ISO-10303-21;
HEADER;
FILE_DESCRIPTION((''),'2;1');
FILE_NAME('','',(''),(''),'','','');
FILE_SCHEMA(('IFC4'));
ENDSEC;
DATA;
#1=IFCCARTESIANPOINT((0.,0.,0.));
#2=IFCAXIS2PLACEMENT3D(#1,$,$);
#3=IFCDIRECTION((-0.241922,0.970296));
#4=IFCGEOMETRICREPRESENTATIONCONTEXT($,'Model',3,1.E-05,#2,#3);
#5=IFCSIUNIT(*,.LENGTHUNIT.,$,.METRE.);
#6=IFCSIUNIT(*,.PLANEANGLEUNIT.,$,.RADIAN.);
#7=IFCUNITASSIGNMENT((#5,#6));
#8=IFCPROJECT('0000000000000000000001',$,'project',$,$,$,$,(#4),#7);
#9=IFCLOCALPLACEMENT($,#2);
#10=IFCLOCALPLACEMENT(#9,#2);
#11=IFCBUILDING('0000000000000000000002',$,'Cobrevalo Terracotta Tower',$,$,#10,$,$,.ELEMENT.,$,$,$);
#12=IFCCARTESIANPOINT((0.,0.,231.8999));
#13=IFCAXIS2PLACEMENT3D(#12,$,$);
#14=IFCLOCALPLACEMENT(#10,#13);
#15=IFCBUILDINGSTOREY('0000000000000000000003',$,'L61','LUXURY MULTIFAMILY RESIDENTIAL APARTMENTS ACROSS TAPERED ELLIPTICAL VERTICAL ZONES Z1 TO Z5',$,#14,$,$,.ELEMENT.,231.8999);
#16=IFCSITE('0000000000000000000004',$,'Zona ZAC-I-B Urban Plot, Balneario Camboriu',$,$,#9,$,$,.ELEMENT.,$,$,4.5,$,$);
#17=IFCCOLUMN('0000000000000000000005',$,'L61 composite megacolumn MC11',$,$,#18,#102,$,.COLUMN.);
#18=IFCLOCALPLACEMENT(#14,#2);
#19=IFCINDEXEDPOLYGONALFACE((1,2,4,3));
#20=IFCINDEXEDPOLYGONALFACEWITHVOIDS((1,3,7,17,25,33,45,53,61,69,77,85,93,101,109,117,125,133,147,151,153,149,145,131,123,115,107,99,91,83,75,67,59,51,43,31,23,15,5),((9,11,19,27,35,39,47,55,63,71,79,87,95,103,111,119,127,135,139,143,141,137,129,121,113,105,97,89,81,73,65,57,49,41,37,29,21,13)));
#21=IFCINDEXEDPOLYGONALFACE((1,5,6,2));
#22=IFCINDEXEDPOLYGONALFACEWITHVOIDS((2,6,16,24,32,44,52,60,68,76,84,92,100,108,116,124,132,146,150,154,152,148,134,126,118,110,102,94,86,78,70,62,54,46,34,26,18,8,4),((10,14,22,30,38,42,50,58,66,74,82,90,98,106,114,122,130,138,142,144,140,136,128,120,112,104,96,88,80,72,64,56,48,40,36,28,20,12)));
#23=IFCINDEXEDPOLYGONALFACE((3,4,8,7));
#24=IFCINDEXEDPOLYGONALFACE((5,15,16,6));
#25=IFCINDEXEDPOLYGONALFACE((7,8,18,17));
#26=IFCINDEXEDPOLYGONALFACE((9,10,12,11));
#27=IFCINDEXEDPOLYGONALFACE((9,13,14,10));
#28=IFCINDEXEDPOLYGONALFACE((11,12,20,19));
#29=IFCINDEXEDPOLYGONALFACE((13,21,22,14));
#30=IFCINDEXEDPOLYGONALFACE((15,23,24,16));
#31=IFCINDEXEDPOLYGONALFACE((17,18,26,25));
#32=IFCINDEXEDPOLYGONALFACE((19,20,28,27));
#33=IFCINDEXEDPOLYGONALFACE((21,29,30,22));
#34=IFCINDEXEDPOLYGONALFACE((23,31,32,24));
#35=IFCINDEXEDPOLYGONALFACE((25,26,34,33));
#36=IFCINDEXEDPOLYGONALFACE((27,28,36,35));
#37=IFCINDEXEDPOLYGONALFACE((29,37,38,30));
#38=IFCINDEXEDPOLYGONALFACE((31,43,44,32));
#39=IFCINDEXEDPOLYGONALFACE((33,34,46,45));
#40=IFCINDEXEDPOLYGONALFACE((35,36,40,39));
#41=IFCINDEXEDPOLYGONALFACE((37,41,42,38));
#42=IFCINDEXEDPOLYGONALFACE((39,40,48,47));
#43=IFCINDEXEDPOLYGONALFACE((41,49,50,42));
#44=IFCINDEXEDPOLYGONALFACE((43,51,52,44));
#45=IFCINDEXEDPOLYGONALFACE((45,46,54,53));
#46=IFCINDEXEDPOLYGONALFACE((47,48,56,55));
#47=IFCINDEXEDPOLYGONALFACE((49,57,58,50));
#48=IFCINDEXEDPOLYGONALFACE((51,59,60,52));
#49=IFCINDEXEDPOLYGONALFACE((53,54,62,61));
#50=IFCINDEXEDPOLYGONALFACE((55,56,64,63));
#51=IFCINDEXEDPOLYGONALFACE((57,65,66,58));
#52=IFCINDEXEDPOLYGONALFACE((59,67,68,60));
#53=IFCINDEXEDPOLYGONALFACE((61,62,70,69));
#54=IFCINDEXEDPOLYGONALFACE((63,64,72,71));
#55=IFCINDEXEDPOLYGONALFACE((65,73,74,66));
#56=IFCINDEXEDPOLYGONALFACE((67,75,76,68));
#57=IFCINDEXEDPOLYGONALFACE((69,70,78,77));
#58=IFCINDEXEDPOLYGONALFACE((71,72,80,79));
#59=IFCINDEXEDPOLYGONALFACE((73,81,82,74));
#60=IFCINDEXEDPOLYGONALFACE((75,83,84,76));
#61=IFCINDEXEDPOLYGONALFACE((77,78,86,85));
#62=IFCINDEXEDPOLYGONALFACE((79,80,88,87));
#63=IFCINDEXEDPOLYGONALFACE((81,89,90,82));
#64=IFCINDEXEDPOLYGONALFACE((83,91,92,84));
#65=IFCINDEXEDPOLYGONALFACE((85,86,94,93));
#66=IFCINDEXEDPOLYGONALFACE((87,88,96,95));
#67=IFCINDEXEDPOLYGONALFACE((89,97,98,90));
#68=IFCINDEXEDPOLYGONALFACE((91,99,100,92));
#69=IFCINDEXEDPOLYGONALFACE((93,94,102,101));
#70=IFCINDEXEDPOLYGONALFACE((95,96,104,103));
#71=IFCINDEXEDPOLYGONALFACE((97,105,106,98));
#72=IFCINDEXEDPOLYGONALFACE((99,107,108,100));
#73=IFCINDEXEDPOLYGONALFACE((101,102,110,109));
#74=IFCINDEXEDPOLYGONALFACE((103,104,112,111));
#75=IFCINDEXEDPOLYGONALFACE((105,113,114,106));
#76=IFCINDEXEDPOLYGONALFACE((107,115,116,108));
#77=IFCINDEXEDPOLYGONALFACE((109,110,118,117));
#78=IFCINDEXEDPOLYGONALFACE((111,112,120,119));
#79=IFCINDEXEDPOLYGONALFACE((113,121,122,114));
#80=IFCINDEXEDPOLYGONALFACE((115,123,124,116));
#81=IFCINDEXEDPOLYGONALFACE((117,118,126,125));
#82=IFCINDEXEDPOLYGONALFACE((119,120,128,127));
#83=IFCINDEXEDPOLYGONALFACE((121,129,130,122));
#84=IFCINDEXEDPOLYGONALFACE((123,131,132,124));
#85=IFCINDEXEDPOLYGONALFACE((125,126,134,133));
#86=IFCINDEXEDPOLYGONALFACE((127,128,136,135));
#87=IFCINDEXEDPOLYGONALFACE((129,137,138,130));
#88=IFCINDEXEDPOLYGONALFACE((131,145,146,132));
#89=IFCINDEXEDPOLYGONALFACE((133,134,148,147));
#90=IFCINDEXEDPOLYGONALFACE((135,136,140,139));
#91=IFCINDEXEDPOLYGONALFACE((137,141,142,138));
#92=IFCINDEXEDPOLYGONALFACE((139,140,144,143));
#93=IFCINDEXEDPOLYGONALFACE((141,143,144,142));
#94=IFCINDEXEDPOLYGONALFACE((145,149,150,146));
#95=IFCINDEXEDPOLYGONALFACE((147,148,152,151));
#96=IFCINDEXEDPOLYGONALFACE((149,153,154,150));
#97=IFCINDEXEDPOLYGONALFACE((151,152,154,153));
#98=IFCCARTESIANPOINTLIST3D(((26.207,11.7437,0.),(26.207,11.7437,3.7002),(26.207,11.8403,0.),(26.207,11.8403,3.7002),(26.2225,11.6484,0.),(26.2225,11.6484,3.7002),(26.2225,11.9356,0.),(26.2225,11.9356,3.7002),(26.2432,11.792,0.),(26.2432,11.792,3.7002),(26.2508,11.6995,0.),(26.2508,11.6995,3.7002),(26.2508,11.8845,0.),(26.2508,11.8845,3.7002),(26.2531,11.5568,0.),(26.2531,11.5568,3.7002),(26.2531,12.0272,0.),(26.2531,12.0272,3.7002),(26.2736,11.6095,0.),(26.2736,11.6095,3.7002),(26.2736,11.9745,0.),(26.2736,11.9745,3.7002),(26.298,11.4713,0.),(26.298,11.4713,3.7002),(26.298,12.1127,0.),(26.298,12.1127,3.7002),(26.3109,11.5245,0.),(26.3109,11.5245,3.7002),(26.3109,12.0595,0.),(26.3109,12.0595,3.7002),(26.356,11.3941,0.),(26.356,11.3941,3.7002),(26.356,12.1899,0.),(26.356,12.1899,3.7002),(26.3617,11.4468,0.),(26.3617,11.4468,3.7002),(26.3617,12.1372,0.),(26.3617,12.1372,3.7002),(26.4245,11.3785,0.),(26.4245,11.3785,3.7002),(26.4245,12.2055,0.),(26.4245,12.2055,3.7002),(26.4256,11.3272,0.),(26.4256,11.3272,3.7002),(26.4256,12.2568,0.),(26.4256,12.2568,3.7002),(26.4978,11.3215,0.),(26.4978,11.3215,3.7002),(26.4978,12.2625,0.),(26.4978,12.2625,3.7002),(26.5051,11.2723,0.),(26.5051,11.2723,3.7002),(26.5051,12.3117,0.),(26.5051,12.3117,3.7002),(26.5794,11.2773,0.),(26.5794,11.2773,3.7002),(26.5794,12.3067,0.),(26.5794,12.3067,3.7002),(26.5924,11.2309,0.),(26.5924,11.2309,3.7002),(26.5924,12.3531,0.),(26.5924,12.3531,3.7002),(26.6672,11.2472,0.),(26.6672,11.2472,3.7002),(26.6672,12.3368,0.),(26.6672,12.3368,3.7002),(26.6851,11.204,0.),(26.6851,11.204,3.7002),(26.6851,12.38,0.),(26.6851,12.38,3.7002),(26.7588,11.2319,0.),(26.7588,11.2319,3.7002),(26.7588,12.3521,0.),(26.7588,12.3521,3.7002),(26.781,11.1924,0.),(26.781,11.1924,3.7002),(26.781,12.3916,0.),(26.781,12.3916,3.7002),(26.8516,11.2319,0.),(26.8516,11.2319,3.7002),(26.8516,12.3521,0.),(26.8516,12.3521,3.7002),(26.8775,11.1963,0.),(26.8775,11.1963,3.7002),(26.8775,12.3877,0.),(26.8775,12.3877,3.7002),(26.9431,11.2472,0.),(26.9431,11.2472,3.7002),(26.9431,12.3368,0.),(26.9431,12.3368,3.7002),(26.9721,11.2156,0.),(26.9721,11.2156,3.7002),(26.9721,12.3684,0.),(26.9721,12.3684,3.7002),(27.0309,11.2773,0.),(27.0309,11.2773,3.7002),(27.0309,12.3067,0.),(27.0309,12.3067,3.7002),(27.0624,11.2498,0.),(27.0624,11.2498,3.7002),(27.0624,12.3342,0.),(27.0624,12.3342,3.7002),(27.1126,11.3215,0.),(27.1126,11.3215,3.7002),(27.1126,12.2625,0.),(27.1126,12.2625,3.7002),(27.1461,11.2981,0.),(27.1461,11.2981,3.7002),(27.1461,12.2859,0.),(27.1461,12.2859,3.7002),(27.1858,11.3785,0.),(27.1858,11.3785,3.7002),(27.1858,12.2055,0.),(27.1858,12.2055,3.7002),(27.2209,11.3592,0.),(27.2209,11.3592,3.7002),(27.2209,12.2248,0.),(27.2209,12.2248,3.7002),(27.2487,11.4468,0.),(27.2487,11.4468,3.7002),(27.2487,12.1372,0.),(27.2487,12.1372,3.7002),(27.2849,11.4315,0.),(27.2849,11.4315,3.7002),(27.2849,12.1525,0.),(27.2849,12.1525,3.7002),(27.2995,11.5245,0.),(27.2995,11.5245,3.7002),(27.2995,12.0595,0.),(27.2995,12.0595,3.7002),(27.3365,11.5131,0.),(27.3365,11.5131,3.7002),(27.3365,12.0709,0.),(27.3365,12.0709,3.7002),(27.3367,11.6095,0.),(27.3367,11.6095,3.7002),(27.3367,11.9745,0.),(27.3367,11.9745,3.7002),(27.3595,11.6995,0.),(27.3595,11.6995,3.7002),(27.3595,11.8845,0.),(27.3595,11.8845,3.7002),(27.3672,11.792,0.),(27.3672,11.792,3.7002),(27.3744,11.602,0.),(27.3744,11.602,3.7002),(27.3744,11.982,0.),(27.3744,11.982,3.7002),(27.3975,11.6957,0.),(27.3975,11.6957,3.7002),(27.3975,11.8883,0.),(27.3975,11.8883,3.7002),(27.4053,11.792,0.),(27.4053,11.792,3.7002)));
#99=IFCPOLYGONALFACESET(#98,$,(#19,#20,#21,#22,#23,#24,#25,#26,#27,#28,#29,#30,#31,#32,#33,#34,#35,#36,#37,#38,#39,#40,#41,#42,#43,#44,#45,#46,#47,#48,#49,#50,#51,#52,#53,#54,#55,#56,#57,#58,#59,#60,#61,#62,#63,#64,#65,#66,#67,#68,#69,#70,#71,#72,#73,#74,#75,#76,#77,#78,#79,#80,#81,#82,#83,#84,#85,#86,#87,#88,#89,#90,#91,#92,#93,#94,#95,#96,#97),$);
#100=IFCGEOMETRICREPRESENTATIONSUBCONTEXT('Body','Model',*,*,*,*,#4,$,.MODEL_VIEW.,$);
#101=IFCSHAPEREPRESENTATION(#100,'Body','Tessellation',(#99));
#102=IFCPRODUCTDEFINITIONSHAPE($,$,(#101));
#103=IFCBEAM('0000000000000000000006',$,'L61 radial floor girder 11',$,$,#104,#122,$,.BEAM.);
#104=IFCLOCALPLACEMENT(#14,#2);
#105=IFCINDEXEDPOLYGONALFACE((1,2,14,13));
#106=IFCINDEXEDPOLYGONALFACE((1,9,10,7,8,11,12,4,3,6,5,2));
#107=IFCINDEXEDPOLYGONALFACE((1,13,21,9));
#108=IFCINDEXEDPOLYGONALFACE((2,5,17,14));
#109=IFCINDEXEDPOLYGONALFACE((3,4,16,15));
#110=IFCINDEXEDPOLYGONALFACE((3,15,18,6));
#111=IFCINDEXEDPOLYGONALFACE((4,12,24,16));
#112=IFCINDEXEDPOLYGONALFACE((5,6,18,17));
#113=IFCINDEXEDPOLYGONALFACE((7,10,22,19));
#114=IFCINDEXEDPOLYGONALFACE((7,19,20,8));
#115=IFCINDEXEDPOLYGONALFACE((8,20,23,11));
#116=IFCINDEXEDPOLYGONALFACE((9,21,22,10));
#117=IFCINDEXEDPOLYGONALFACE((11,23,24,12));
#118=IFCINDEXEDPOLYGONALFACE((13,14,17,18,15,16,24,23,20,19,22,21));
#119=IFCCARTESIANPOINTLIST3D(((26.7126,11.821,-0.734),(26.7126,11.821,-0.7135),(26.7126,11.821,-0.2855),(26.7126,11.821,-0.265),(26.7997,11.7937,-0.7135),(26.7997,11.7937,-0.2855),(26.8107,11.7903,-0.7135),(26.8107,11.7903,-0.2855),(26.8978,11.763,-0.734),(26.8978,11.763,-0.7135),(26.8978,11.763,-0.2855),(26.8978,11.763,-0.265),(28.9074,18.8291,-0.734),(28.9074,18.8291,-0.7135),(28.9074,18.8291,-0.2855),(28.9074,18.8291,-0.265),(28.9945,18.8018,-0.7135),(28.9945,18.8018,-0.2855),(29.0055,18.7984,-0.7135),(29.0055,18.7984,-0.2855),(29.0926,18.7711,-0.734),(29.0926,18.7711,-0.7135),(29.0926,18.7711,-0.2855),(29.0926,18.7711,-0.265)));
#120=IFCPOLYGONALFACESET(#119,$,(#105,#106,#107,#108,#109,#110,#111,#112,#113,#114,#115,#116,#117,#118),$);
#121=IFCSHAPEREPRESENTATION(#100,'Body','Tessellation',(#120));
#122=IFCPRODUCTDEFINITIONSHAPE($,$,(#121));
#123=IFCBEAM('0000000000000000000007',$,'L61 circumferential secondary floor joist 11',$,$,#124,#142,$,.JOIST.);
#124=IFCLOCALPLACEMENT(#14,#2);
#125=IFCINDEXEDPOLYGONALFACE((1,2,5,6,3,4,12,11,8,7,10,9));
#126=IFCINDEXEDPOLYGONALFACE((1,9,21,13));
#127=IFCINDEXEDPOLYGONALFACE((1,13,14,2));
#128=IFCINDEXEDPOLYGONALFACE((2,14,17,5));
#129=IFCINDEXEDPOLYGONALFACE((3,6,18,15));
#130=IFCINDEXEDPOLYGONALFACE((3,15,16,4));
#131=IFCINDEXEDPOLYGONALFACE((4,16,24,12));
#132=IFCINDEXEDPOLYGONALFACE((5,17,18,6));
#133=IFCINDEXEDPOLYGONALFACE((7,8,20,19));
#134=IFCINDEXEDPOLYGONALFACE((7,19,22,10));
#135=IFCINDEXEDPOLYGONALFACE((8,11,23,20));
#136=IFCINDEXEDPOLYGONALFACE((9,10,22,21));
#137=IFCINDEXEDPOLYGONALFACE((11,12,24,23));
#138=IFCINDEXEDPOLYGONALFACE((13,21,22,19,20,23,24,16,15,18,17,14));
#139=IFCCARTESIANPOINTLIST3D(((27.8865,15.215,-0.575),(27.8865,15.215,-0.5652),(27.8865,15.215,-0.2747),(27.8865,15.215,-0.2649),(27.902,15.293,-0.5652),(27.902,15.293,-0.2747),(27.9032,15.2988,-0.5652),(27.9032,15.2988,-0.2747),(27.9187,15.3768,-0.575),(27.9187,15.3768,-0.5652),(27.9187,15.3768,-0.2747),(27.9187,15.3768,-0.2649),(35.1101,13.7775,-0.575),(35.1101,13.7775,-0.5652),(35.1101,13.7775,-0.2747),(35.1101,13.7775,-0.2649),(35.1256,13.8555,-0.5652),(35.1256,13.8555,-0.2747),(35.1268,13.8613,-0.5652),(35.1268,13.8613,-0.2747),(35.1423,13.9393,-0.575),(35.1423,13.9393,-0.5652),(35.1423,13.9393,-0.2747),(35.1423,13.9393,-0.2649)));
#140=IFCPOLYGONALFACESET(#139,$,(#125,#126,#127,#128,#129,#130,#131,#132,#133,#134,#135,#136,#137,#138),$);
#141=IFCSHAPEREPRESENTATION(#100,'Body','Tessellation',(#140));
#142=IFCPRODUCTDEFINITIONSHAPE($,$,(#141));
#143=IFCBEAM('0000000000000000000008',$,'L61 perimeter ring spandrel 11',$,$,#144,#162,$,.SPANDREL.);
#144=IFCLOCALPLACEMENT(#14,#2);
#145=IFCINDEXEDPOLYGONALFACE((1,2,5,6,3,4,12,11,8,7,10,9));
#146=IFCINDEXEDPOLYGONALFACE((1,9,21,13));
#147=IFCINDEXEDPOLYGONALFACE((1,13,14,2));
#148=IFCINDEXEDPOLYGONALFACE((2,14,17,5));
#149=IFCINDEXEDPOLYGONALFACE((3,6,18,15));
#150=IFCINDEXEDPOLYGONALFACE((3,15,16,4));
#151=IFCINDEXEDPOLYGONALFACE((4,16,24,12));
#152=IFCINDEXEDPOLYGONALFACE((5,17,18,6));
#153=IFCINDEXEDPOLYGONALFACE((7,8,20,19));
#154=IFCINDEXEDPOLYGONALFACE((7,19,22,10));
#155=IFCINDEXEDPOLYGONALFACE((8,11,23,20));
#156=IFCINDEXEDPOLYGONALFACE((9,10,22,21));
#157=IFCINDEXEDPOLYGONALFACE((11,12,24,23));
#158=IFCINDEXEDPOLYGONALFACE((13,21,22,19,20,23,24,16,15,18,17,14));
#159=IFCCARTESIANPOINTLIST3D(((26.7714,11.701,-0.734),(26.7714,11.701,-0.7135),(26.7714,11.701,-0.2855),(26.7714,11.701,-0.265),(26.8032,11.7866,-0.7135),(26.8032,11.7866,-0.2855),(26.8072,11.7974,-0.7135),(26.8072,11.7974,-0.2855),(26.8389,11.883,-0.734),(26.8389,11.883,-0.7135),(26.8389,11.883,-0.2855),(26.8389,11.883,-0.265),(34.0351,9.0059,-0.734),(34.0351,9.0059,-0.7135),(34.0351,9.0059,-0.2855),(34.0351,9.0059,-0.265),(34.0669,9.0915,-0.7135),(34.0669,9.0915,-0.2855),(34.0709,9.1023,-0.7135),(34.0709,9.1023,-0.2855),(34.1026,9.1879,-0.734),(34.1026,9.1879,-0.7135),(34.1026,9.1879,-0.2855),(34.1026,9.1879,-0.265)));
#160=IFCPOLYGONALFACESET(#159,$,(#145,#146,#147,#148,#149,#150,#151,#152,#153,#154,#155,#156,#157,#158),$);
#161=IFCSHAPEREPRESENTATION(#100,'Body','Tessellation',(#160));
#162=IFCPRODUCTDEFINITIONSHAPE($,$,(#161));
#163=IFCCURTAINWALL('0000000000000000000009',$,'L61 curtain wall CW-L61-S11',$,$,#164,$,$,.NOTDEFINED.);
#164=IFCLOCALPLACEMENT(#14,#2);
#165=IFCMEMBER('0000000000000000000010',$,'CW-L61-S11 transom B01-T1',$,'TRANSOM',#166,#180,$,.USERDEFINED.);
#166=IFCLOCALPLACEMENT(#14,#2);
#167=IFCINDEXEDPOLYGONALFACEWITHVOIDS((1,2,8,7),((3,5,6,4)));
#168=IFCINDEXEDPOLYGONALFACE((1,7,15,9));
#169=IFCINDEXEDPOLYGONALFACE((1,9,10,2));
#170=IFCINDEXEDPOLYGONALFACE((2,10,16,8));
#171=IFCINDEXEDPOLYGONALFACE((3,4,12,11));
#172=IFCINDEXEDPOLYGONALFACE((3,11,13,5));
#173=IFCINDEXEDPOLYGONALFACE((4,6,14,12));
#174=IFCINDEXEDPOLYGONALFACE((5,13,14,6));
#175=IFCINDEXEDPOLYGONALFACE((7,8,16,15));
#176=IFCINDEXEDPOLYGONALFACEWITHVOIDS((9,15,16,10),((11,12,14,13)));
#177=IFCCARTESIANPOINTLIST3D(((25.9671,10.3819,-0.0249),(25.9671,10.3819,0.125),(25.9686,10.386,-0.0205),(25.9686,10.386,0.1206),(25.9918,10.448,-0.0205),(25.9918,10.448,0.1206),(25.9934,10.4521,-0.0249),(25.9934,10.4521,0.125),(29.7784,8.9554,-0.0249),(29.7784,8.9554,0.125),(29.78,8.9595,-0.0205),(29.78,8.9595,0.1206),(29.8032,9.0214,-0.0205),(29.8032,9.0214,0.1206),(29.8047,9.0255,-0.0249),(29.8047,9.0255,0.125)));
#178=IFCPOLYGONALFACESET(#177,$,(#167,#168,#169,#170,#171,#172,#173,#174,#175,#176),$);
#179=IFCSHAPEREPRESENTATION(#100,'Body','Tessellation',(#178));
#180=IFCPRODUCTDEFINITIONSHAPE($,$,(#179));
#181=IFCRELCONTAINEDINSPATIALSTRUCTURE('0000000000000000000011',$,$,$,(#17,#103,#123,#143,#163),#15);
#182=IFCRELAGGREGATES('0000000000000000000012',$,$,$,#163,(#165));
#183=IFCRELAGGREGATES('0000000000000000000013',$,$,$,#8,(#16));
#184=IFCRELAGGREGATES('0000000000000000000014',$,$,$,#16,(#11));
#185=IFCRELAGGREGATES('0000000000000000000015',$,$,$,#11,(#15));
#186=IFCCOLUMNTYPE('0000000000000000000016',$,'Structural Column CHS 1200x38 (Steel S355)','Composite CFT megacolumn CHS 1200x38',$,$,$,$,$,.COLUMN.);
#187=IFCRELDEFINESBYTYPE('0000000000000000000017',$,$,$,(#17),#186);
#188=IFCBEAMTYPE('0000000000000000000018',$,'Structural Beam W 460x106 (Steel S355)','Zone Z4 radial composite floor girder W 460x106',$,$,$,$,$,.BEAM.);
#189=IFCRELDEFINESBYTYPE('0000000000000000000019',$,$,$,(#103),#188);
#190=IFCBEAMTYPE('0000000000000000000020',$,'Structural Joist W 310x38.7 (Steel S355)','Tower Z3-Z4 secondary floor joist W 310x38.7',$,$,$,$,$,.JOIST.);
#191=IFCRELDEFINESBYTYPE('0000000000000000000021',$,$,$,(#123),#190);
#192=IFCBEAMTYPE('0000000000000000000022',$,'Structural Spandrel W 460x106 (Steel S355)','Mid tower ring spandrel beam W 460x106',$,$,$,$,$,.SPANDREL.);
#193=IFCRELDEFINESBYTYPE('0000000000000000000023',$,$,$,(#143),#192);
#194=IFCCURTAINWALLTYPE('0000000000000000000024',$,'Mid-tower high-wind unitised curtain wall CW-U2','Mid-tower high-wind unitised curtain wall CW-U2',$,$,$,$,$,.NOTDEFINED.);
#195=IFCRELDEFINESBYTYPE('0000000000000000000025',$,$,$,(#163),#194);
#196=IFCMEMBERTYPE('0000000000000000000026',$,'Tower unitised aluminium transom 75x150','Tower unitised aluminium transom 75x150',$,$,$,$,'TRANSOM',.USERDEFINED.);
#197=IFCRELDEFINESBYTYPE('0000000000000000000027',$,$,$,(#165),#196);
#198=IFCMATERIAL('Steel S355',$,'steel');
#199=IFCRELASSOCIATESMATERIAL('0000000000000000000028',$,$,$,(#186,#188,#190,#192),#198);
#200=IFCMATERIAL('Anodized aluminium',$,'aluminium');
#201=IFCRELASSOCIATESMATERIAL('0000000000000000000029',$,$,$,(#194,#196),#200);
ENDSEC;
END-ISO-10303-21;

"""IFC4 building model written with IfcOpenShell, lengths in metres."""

from ifc_helpers import new_model, si_unit, direction, frame, origin, origin_2d, place, context, subcontext, project, spatial, hollow_rectangle, hollow_circle, i_section, extrude, source, transform, mapped, material, material_profile, profile_set, type_object, element, aggregate, save


model = new_model("IFC4")

# Units and contexts
model_context = context("Model", 3, precision=1e-05, world=origin(), true_north=direction((-0.241922, 0.970296)))
body_context = subcontext(model_context, "Body", "Model", "MODEL_VIEW")
ifc_project = project(units=[si_unit("LENGTHUNIT", "METRE"), si_unit("PLANEANGLEUNIT", "RADIAN")], contexts=[model_context])

# Site, building, storey
site_placement = place(None, origin())
site = spatial("IfcSite", under=ifc_project, at=site_placement, Name="Zona ZAC-I-B Urban Plot, Balneario Camboriu", CompositionType="ELEMENT", RefElevation=4.5)
building_placement = place(site_placement, origin())
building = spatial("IfcBuilding", under=site, at=building_placement, Name="Cobrevalo Terracotta Tower", CompositionType="ELEMENT")
storey_placement = place(building_placement, frame((0.0, 0.0, 231.8999)))
storey = spatial("IfcBuildingStorey", under=building, at=storey_placement, Name="L61", Description="LUXURY MULTIFAMILY RESIDENTIAL APARTMENTS ACROSS TAPERED ELLIPTICAL VERTICAL ZONES Z1 TO Z5", CompositionType="ELEMENT", Elevation=231.8999)

# Column
ifc_material_1 = material(Name="Steel S355", Category="steel")
ifc_material_profile_1 = material_profile(ifc_material_1, hollow_circle(Radius=0.6001, WallThickness=0.0381, at=origin_2d()), Name="CHS 1200x38")
ifc_profile_set_1 = profile_set([ifc_material_profile_1], Name="Steel S355")
column_type = type_object("IfcColumnType", Name="Structural Column CHS 1200x38 (Steel S355)", Description="Composite CFT megacolumn CHS 1200x38", PredefinedType="COLUMN", material=ifc_profile_set_1)
column_placement = place(storey_placement, frame((26.8052, 11.792, 0.0), z_axis=(0.0, 0.0, 1.0), x_axis=(1.0, 0.0, 0.0)))
element("IfcColumn", 1, at=column_placement, inside=storey, type_object=column_type, Name="L61 composite megacolumn MC11", PredefinedType="COLUMN", context=body_context, shape_type="SweptSolid", body=[
    extrude(hollow_circle(Radius=0.6001, WallThickness=0.0381, at=origin_2d()), origin(), (0.0, 0.0, 1.0), 3.7002),
])

# Beams
ifc_material_profile_2 = material_profile(ifc_material_1, i_section(OverallWidth=0.1941, OverallDepth=0.469, WebThickness=0.0115, FlangeThickness=0.0205, at=origin_2d()), Name="W 460x106")
ifc_profile_set_2 = profile_set([ifc_material_profile_2], Name="Steel S355")
beam_type_1 = type_object("IfcBeamType", Name="Structural Beam W 460x106 (Steel S355)", Description="Zone Z4 radial composite floor girder W 460x106", PredefinedType="BEAM", material=ifc_profile_set_2)
beam_1_placement = place(storey_placement, frame((26.8052, 11.792, -0.4995), z_axis=(0.298871, 0.954293, 0.0), x_axis=(-0.954293, 0.298871, 0.0)))
element("IfcBeam", 2, at=beam_1_placement, inside=storey, type_object=beam_type_1, Name="L61 radial floor girder 11", PredefinedType="BEAM", context=body_context, shape_type="SweptSolid", body=[
    extrude(i_section(OverallWidth=0.1941, OverallDepth=0.469, WebThickness=0.0115, FlangeThickness=0.0205, at=origin_2d()), origin(), (0.0, 0.0, 1.0), 7.3438),
])
ifc_material_profile_3 = material_profile(ifc_material_1, i_section(OverallWidth=0.165, OverallDepth=0.3101, WebThickness=0.0059, FlangeThickness=0.0098, at=origin_2d()), Name="W 310x38.7")
ifc_profile_set_3 = profile_set([ifc_material_profile_3], Name="Steel S355")
beam_type_2 = type_object("IfcBeamType", Name="Structural Joist W 310x38.7 (Steel S355)", Description="Tower Z3-Z4 secondary floor joist W 310x38.7", PredefinedType="JOIST", material=ifc_profile_set_3)
beam_2_placement = place(storey_placement, frame((27.9026, 15.2959, -0.4199), z_axis=(0.980769, -0.195173, 0.0), x_axis=(0.195173, 0.980769, 0.0)))
element("IfcBeam", 3, at=beam_2_placement, inside=storey, type_object=beam_type_2, Name="L61 circumferential secondary floor joist 11", PredefinedType="JOIST", context=body_context, shape_type="SweptSolid", body=[
    extrude(i_section(OverallWidth=0.165, OverallDepth=0.3101, WebThickness=0.0059, FlangeThickness=0.0098, at=origin_2d()), origin(), (0.0, 0.0, 1.0), 7.3652),
])
ifc_material_profile_4 = material_profile(ifc_material_1, i_section(OverallWidth=0.1941, OverallDepth=0.469, WebThickness=0.0115, FlangeThickness=0.0205, at=origin_2d()), Name="W 460x106")
ifc_profile_set_4 = profile_set([ifc_material_profile_4], Name="Steel S355")
beam_type_3 = type_object("IfcBeamType", Name="Structural Spandrel W 460x106 (Steel S355)", Description="Mid tower ring spandrel beam W 460x106", PredefinedType="SPANDREL", material=ifc_profile_set_4)
beam_3_placement = place(storey_placement, frame((26.8052, 11.792, -0.4995), z_axis=(0.937546, -0.347861, 0.0), x_axis=(0.347861, 0.937546, 0.0)))
element("IfcBeam", 4, at=beam_3_placement, inside=storey, type_object=beam_type_3, Name="L61 perimeter ring spandrel 11", PredefinedType="SPANDREL", context=body_context, shape_type="SweptSolid", body=[
    extrude(i_section(OverallWidth=0.1941, OverallDepth=0.469, WebThickness=0.0115, FlangeThickness=0.0205, at=origin_2d()), origin(), (0.0, 0.0, 1.0), 7.7476),
])

# Curtain wall, member
ifc_material_2 = material(Name="Anodized aluminium", Category="aluminium")
curtain_wall_type = type_object("IfcCurtainWallType", Name="Mid-tower high-wind unitised curtain wall CW-U2", Description="Mid-tower high-wind unitised curtain wall CW-U2", PredefinedType="NOTDEFINED", material=ifc_material_2)
curtain_wall_placement = place(storey_placement, origin())
curtain_wall = element("IfcCurtainWall", 5, at=curtain_wall_placement, inside=storey, type_object=curtain_wall_type, Name="L61 curtain wall CW-L61-S11", PredefinedType="NOTDEFINED")
ifc_material_profile_5 = material_profile(ifc_material_2, hollow_rectangle(XDim=0.075, YDim=0.1499, WallThickness=0.0044, at=origin_2d()), Name="CWT 75x150")
ifc_profile_set_5 = profile_set([ifc_material_profile_5], Name="Anodized aluminium")
member_type_1 = type_object("IfcMemberType", Name="Tower unitised aluminium transom 75x150", Description="Tower unitised aluminium transom 75x150", ElementType="TRANSOM", PredefinedType="USERDEFINED", material=ifc_profile_set_5)
shared_shape_1 = source(origin(), body_context, "Body", "SweptSolid", [
    extrude(hollow_rectangle(XDim=0.075, YDim=0.1499, WallThickness=0.0044, at=origin_2d()), origin(), (0.0, 0.0, 1.0), 4.0696),
])
member_1_placement = place(storey_placement, frame((25.9802, 10.417, 0.05), z_axis=(0.936548, -0.350538, 0.0), x_axis=(0.350538, 0.936548, 0.0)))
member_1 = element("IfcMember", 6, at=member_1_placement, type_object=member_type_1, Name="CW-L61-S11 transom B01-T1", ObjectType="TRANSOM", PredefinedType="USERDEFINED", context=body_context, shape_type="MappedRepresentation", body=[
    mapped(shared_shape_1, transform((0.0, 0.0, 0.0), scale=1.0)),
])
aggregate(curtain_wall, [member_1])

save(model, "model.ifc")
